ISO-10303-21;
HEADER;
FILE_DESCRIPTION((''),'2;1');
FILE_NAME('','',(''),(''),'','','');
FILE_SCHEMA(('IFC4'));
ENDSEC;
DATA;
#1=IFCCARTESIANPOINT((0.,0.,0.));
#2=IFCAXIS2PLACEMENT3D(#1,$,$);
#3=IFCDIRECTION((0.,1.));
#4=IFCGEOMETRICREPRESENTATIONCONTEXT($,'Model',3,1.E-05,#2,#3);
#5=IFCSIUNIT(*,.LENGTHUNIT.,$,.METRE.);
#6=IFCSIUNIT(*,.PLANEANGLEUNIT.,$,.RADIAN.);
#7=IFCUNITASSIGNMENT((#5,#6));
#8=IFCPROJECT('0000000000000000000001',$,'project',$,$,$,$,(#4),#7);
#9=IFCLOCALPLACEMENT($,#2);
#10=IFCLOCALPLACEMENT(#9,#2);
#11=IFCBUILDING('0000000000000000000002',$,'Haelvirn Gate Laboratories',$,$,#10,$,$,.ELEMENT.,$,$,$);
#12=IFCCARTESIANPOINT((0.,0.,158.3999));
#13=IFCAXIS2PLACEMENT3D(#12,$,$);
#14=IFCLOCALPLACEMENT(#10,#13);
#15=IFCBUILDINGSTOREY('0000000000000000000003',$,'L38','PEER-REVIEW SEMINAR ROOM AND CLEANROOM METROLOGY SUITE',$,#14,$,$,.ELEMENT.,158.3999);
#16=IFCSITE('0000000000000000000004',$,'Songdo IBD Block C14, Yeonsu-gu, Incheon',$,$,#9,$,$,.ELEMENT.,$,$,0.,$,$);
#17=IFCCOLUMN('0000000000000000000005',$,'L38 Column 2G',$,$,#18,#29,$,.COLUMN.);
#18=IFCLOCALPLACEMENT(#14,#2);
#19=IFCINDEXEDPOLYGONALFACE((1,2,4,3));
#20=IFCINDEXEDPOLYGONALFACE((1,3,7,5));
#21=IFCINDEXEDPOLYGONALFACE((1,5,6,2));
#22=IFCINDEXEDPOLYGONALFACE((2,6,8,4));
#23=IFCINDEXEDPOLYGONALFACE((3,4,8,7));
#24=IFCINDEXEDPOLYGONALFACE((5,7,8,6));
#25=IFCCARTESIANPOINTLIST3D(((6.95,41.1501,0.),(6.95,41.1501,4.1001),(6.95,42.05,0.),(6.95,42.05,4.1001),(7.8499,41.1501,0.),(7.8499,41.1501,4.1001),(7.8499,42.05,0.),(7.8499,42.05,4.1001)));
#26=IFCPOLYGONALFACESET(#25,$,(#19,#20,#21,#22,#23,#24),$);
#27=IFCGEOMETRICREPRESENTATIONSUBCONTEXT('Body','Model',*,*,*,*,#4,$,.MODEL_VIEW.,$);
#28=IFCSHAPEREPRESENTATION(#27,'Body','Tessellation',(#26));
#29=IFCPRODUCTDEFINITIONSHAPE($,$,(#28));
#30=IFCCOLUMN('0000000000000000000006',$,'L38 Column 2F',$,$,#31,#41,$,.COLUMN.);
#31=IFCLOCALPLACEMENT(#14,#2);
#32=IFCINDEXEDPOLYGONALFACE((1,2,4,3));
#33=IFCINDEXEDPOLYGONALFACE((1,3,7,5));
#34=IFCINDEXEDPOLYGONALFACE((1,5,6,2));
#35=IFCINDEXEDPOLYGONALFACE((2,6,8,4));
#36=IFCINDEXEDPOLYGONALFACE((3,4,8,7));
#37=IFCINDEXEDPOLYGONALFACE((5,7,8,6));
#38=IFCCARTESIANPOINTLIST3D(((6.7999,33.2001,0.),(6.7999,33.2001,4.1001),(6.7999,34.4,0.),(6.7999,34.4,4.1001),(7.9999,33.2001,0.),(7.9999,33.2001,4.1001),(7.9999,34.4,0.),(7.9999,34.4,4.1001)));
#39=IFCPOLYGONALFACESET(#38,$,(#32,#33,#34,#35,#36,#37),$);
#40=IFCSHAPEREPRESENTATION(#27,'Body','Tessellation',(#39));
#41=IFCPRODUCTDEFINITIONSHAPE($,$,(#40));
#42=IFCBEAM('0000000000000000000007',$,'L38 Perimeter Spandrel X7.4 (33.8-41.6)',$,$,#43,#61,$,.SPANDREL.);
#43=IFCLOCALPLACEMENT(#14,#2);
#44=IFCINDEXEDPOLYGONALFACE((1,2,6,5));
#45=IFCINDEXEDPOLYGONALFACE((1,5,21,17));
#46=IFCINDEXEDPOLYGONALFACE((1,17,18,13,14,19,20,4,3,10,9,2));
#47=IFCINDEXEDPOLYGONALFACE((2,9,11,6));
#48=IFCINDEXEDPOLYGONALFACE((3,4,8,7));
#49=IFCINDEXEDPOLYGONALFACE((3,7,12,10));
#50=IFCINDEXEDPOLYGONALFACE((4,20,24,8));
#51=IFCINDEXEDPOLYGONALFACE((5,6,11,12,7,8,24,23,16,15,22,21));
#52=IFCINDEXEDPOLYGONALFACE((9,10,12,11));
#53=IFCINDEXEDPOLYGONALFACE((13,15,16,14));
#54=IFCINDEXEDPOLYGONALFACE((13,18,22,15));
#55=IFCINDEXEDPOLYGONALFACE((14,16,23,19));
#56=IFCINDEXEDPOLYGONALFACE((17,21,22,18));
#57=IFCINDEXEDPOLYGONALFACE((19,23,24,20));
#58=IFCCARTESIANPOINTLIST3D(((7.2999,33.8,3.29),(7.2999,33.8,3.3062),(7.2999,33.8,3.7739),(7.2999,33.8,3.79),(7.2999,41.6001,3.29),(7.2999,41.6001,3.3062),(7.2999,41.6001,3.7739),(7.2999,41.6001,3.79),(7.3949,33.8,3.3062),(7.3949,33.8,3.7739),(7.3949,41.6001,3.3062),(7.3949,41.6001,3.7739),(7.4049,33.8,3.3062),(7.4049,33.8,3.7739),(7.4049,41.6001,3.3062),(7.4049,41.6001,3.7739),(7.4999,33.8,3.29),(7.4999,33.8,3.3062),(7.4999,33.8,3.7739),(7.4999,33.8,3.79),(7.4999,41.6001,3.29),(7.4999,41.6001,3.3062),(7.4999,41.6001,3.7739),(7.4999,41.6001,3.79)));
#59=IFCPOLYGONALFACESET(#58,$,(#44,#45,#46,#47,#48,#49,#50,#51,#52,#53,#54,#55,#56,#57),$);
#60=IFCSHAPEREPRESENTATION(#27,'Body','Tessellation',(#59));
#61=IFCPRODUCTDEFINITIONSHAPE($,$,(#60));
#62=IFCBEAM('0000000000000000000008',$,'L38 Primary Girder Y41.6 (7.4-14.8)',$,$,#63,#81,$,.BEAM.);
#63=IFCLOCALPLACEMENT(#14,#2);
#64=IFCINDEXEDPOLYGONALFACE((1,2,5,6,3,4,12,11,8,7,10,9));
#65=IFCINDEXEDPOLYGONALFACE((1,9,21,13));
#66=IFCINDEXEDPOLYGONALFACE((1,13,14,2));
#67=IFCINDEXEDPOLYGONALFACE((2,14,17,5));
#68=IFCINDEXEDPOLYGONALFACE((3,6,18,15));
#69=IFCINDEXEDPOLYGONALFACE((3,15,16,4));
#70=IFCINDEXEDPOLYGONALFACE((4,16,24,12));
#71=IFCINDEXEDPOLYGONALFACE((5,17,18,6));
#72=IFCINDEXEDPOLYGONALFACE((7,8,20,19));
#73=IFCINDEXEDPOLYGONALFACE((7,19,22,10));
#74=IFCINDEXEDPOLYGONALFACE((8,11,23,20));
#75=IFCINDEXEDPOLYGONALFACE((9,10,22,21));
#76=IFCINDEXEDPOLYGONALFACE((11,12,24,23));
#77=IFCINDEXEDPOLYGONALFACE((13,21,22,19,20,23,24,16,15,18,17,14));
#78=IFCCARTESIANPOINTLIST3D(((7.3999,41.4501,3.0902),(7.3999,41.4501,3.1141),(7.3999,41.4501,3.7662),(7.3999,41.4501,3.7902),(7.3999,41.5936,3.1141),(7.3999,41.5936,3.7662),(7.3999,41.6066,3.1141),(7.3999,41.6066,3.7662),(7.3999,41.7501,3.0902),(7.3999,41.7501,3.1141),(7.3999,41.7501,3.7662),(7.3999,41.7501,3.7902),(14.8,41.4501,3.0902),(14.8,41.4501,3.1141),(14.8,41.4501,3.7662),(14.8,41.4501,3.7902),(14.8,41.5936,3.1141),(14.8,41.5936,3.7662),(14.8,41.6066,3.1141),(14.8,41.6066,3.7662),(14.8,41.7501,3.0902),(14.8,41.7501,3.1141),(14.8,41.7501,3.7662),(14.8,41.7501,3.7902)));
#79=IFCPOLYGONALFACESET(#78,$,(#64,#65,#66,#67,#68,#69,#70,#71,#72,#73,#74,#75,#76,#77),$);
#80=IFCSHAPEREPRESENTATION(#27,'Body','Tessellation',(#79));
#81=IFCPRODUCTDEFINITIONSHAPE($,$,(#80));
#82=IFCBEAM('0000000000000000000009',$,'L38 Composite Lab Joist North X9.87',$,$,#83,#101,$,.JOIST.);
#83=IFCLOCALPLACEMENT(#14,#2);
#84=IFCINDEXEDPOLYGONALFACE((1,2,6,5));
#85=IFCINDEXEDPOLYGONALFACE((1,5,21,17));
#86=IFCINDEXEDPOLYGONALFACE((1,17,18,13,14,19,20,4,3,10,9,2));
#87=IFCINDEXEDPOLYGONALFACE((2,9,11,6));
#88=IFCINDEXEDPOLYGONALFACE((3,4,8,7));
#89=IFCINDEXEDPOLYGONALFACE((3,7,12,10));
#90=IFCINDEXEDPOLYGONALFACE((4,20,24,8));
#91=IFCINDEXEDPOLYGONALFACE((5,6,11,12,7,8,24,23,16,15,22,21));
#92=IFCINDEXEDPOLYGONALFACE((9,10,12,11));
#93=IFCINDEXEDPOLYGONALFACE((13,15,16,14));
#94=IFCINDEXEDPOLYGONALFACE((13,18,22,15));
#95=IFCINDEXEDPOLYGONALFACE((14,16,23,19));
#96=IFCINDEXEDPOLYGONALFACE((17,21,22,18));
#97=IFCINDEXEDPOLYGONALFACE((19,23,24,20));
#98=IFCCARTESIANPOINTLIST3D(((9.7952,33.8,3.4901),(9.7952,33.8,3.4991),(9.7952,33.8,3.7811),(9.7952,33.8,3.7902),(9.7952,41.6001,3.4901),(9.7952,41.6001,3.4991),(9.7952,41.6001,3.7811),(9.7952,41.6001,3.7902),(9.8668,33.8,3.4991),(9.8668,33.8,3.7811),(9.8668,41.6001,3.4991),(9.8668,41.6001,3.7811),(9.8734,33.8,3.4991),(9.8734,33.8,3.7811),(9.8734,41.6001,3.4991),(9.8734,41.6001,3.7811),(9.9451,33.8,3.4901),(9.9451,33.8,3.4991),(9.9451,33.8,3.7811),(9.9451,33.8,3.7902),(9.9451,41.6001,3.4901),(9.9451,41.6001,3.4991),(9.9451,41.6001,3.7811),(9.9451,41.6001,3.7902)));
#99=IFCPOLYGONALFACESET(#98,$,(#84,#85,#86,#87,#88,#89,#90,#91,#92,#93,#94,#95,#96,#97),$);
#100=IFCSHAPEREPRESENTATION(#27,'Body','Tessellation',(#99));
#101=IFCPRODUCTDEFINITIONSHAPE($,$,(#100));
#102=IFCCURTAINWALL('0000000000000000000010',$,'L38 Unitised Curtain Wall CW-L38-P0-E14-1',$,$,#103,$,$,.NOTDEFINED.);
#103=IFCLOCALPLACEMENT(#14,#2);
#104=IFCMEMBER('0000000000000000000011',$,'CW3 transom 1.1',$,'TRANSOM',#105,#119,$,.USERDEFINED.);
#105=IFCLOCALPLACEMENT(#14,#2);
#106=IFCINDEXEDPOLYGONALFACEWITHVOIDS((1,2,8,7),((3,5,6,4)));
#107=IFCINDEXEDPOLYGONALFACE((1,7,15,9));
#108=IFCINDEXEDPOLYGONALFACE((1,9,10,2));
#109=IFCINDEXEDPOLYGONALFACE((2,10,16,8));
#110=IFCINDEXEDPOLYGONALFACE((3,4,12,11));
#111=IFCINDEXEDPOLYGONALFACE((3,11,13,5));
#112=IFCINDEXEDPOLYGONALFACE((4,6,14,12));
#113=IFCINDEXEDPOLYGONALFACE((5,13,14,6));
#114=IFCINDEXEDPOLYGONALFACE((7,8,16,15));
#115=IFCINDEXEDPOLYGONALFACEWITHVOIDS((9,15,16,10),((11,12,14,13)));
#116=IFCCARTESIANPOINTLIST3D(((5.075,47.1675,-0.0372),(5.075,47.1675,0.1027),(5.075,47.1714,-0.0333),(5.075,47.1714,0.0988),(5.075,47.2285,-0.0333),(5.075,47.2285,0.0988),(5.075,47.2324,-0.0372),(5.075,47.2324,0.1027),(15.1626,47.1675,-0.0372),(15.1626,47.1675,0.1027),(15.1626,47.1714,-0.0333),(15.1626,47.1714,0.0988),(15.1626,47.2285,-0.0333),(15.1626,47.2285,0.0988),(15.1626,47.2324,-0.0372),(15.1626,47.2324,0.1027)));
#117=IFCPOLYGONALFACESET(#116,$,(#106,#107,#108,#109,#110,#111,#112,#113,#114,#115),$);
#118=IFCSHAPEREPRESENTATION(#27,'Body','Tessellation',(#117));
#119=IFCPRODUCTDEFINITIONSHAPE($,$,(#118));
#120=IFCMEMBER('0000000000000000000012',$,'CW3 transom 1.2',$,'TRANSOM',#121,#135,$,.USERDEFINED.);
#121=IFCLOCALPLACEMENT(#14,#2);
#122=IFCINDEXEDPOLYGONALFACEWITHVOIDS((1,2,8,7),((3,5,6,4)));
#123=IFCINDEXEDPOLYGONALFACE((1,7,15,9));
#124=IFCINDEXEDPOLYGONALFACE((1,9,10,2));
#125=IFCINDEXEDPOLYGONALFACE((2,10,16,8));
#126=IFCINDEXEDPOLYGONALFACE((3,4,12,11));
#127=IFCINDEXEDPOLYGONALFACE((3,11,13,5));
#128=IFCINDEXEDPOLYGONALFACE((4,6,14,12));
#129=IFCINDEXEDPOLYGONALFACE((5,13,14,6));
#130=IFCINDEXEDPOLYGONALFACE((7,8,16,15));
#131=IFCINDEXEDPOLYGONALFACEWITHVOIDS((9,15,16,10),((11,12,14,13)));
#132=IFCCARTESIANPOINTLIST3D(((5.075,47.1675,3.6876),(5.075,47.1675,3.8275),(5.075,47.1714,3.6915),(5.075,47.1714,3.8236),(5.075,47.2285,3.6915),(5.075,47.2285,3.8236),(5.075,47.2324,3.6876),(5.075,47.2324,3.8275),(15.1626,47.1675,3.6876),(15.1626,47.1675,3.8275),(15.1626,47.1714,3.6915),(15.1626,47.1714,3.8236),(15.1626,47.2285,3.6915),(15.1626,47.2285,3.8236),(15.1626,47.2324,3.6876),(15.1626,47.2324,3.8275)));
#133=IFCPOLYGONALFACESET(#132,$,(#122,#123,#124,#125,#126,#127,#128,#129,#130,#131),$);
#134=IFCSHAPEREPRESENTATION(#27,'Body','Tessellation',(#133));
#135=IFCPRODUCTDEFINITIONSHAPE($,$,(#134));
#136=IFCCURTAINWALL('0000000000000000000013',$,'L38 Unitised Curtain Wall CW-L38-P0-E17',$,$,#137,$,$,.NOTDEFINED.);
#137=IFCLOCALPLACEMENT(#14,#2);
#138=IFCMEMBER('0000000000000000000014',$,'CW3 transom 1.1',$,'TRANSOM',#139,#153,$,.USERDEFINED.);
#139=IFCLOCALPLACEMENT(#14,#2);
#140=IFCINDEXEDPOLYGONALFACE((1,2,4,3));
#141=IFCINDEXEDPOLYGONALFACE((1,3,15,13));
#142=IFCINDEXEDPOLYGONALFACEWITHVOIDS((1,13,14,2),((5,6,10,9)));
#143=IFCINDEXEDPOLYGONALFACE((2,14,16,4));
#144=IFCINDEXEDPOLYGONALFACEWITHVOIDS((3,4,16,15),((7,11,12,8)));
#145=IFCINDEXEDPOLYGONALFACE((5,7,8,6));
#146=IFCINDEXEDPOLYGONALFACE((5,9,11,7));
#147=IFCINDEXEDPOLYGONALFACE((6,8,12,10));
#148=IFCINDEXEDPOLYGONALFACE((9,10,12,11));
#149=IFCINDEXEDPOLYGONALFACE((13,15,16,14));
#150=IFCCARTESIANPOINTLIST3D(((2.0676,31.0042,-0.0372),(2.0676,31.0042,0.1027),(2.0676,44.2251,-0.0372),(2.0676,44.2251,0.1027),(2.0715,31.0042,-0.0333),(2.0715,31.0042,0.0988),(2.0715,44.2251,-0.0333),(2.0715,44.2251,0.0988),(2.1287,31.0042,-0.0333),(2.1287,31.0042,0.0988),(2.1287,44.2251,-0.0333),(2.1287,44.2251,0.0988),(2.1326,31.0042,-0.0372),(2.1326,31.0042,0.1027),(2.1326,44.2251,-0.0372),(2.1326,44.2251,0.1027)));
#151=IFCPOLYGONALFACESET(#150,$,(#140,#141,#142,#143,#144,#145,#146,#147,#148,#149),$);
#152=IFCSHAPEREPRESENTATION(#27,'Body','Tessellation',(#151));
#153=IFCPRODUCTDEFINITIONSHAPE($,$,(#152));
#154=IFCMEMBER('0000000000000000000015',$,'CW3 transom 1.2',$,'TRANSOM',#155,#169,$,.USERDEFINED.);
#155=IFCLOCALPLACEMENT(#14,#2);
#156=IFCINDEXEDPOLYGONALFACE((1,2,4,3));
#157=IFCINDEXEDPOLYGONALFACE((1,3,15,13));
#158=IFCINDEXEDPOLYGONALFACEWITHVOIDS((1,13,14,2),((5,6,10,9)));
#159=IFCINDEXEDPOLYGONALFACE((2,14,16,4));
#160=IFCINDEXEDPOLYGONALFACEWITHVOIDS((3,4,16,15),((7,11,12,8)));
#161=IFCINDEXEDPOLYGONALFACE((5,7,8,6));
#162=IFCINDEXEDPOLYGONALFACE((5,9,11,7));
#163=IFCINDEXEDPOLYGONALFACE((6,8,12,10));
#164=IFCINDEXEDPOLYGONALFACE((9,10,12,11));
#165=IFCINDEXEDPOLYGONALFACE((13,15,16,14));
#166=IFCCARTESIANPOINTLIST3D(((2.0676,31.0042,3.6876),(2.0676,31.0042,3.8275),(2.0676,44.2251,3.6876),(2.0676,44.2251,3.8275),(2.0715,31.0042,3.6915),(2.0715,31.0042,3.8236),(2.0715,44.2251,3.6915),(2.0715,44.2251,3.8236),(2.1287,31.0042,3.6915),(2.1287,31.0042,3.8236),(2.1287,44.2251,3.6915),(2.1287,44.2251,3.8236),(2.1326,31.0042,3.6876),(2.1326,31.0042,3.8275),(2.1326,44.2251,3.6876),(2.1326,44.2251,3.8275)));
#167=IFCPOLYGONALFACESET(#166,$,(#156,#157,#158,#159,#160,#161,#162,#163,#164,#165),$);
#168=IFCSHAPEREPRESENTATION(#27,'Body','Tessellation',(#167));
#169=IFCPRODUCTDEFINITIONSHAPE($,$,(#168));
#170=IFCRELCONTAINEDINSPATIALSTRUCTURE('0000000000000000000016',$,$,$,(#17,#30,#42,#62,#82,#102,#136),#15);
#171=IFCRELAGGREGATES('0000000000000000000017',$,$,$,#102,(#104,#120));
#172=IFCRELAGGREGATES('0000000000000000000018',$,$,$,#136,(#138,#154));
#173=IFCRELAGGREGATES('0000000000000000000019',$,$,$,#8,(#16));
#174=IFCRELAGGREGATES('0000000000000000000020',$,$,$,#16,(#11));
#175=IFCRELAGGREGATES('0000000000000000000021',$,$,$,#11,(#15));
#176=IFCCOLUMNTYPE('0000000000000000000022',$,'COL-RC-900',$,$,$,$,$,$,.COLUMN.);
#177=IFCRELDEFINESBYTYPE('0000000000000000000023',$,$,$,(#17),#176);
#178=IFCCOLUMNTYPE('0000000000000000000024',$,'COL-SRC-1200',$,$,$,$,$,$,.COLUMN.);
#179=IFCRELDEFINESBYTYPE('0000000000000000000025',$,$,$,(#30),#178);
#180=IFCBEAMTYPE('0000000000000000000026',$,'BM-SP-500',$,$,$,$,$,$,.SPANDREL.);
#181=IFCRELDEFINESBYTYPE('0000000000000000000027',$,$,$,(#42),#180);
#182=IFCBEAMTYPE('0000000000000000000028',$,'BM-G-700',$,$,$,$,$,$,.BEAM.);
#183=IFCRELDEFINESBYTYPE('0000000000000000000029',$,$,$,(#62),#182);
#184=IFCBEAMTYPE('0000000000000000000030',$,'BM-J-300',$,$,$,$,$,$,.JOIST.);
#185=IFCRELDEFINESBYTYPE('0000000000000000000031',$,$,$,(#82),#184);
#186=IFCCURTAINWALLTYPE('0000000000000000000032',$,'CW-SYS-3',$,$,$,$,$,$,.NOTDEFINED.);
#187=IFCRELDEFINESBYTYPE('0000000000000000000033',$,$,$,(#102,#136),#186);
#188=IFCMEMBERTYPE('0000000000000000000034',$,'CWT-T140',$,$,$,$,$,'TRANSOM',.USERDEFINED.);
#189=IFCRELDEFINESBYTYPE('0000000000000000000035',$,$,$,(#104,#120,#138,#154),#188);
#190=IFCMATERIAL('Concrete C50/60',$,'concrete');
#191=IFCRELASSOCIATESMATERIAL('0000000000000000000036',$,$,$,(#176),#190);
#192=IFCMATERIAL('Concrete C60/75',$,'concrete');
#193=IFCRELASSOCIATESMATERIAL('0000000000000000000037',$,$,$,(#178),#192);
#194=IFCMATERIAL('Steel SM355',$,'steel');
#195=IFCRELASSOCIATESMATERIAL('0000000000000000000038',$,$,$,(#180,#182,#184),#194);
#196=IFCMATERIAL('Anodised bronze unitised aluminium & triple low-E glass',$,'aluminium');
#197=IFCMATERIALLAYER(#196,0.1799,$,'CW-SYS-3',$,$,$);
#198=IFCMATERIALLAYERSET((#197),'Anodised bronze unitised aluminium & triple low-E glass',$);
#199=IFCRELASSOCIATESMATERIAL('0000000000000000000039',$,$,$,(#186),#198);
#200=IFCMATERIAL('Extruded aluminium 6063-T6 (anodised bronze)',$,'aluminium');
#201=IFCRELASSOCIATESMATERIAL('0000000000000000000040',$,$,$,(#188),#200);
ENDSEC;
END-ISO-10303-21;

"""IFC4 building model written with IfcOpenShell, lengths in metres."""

from ifc_helpers import new_model, si_unit, direction, frame, origin, origin_2d, place, context, subcontext, project, spatial, rectangle, hollow_rectangle, i_section, extrude, source, transform, mapped, material, layer, layer_set, material_profile, profile_set, type_object, type_shapes, element, aggregate, save


model = new_model("IFC4")

# Units and contexts
model_context = context("Model", 3, precision=1e-05, world=origin(), true_north=direction((0.0, 1.0)))
body_context = subcontext(model_context, "Body", "Model", "MODEL_VIEW")
ifc_project = project(units=[si_unit("LENGTHUNIT", "METRE"), si_unit("PLANEANGLEUNIT", "RADIAN")], contexts=[model_context])

# Site, building, storey
site_placement = place(None, origin())
site = spatial("IfcSite", under=ifc_project, at=site_placement, Name="Songdo IBD Block C14, Yeonsu-gu, Incheon", CompositionType="ELEMENT", RefElevation=0.0)
building_placement = place(site_placement, origin())
building = spatial("IfcBuilding", under=site, at=building_placement, Name="Haelvirn Gate Laboratories", CompositionType="ELEMENT")
storey_placement = place(building_placement, frame((0.0, 0.0, 158.3999)))
storey = spatial("IfcBuildingStorey", under=building, at=storey_placement, Name="L38", Description="PEER-REVIEW SEMINAR ROOM AND CLEANROOM METROLOGY SUITE", CompositionType="ELEMENT", Elevation=158.3999)

# Columns
ifc_material_1 = material(Name="Concrete C50/60", Category="concrete")
ifc_material_profile_1 = material_profile(ifc_material_1, rectangle(XDim=0.8999, YDim=0.8999, at=origin_2d()), Name="RC-900x900")
ifc_profile_set_1 = profile_set([ifc_material_profile_1], Name="Concrete C50/60")
column_type_1 = type_object("IfcColumnType", Name="COL-RC-900", PredefinedType="COLUMN", material=ifc_profile_set_1)
shared_shape_1 = source(origin(), body_context, "Body", "SweptSolid", [
    extrude(rectangle(XDim=0.8999, YDim=0.8999, at=origin_2d()), origin(), (0.0, 0.0, 1.0), 4.1001),
])
type_shapes(column_type_1, [shared_shape_1])
column_1_placement = place(storey_placement, frame((7.3999, 41.6001, 0.0), z_axis=(0.0, 0.0, 1.0), x_axis=(1.0, 0.0, 0.0)))
element("IfcColumn", 1, at=column_1_placement, inside=storey, type_object=column_type_1, Name="L38 Column 2G", PredefinedType="COLUMN", context=body_context, shape_type="MappedRepresentation", body=[
    mapped(shared_shape_1, transform((0.0, 0.0, 0.0), scale=1.0)),
])
ifc_material_2 = material(Name="Concrete C60/75", Category="concrete")
ifc_material_profile_2 = material_profile(ifc_material_2, rectangle(XDim=1.2, YDim=1.2, at=origin_2d()), Name="SRC-1200x1200")
ifc_profile_set_2 = profile_set([ifc_material_profile_2], Name="Concrete C60/75")
column_type_2 = type_object("IfcColumnType", Name="COL-SRC-1200", PredefinedType="COLUMN", material=ifc_profile_set_2)
shared_shape_2 = source(origin(), body_context, "Body", "SweptSolid", [
    extrude(rectangle(XDim=1.2, YDim=1.2, at=origin_2d()), origin(), (0.0, 0.0, 1.0), 4.1001),
])
type_shapes(column_type_2, [shared_shape_2])
column_2_placement = place(storey_placement, frame((7.3999, 33.8, 0.0), z_axis=(0.0, 0.0, 1.0), x_axis=(1.0, 0.0, 0.0)))
element("IfcColumn", 2, at=column_2_placement, inside=storey, type_object=column_type_2, Name="L38 Column 2F", PredefinedType="COLUMN", context=body_context, shape_type="MappedRepresentation", body=[
    mapped(shared_shape_2, transform((0.0, 0.0, 0.0), scale=1.0)),
])

# Beams
ifc_material_3 = material(Name="Steel SM355", Category="steel")
ifc_material_profile_3 = material_profile(ifc_material_3, i_section(OverallWidth=0.2, OverallDepth=0.5, WebThickness=0.01, FlangeThickness=0.0161, at=origin_2d()), Name="H-500x200x10x16")
ifc_profile_set_3 = profile_set([ifc_material_profile_3], Name="Steel SM355")
beam_type_1 = type_object("IfcBeamType", Name="BM-SP-500", PredefinedType="SPANDREL", material=ifc_profile_set_3)
shared_shape_3 = source(origin(), body_context, "Body", "SweptSolid", [
    extrude(i_section(OverallWidth=0.2, OverallDepth=0.5, WebThickness=0.01, FlangeThickness=0.0161, at=origin_2d()), origin(), (0.0, 0.0, 1.0), 7.8),
])
type_shapes(beam_type_1, [shared_shape_3])
beam_1_placement = place(storey_placement, frame((7.3999, 33.8, 3.54), z_axis=(0.0, 1.0, 0.0), x_axis=(-1.0, 0.0, 0.0)))
element("IfcBeam", 3, at=beam_1_placement, inside=storey, type_object=beam_type_1, Name="L38 Perimeter Spandrel X7.4 (33.8-41.6)", PredefinedType="SPANDREL", context=body_context, shape_type="MappedRepresentation", body=[
    mapped(shared_shape_3, transform((0.0, 0.0, 0.0), scale=1.0)),
])
ifc_material_profile_4 = material_profile(ifc_material_3, i_section(OverallWidth=0.3, OverallDepth=0.7, WebThickness=0.0129, FlangeThickness=0.0239, at=origin_2d()), Name="H-700x300x13x24")
ifc_profile_set_4 = profile_set([ifc_material_profile_4], Name="Steel SM355")
beam_type_2 = type_object("IfcBeamType", Name="BM-G-700", PredefinedType="BEAM", material=ifc_profile_set_4)
shared_shape_4 = source(origin(), body_context, "Body", "SweptSolid", [
    extrude(i_section(OverallWidth=0.3, OverallDepth=0.7, WebThickness=0.0129, FlangeThickness=0.0239, at=origin_2d()), origin(), (0.0, 0.0, 1.0), 7.4001),
])
type_shapes(beam_type_2, [shared_shape_4])
beam_2_placement = place(storey_placement, frame((7.3999, 41.6001, 3.4402), z_axis=(1.0, 0.0, 0.0), x_axis=(0.0, 1.0, 0.0)))
element("IfcBeam", 4, at=beam_2_placement, inside=storey, type_object=beam_type_2, Name="L38 Primary Girder Y41.6 (7.4-14.8)", PredefinedType="BEAM", context=body_context, shape_type="MappedRepresentation", body=[
    mapped(shared_shape_4, transform((0.0, 0.0, 0.0), scale=1.0)),
])
ifc_material_profile_5 = material_profile(ifc_material_3, i_section(OverallWidth=0.1499, OverallDepth=0.3, WebThickness=0.0066, FlangeThickness=0.009, at=origin_2d()), Name="H-300x150x6.5x9")
ifc_profile_set_5 = profile_set([ifc_material_profile_5], Name="Steel SM355")
beam_type_3 = type_object("IfcBeamType", Name="BM-J-300", PredefinedType="JOIST", material=ifc_profile_set_5)
shared_shape_5 = source(origin(), body_context, "Body", "SweptSolid", [
    extrude(i_section(OverallWidth=0.1499, OverallDepth=0.3, WebThickness=0.0066, FlangeThickness=0.009, at=origin_2d()), origin(), (0.0, 0.0, 1.0), 7.8),
])
type_shapes(beam_type_3, [shared_shape_5])
beam_3_placement = place(storey_placement, frame((9.8701, 33.8, 3.6401), z_axis=(0.0, 1.0, 0.0), x_axis=(-1.0, 0.0, 0.0)))
element("IfcBeam", 5, at=beam_3_placement, inside=storey, type_object=beam_type_3, Name="L38 Composite Lab Joist North X9.87", PredefinedType="JOIST", context=body_context, shape_type="MappedRepresentation", body=[
    mapped(shared_shape_5, transform((0.0, 0.0, 0.0), scale=1.0)),
])

# Curtain walls, members
ifc_material_4 = material(Name="Anodised bronze unitised aluminium & triple low-E glass", Category="aluminium")
ifc_layer_1 = layer(ifc_material_4, 0.1799, Name="CW-SYS-3")
ifc_layer_set_1 = layer_set([ifc_layer_1], Name="Anodised bronze unitised aluminium & triple low-E glass")
curtain_wall_type_1 = type_object("IfcCurtainWallType", Name="CW-SYS-3", PredefinedType="NOTDEFINED", material=ifc_layer_set_1)
curtain_wall_1_placement = place(storey_placement, origin())
curtain_wall_1 = element("IfcCurtainWall", 6, at=curtain_wall_1_placement, inside=storey, type_object=curtain_wall_type_1, Name="L38 Unitised Curtain Wall CW-L38-P0-E14-1", PredefinedType="NOTDEFINED")
ifc_material_5 = material(Name="Extruded aluminium 6063-T6 (anodised bronze)", Category="aluminium")
ifc_material_profile_6 = material_profile(ifc_material_5, hollow_rectangle(XDim=0.0649, YDim=0.1399, WallThickness=0.0039, at=origin_2d()), Name="CWT-140x65x4")
ifc_profile_set_6 = profile_set([ifc_material_profile_6], Name="Extruded aluminium 6063-T6 (anodised bronze)")
member_type_1 = type_object("IfcMemberType", Name="CWT-T140", ElementType="TRANSOM", PredefinedType="USERDEFINED", material=ifc_profile_set_6)
shared_shape_6 = source(origin(), body_context, "Body", "SweptSolid", [
    extrude(hollow_rectangle(XDim=0.0649, YDim=0.1399, WallThickness=0.0039, at=origin_2d()), origin(), (0.0, 0.0, 1.0), 10.0876),
])
member_1_placement = place(storey_placement, frame((5.075, 47.2, 0.0327), z_axis=(1.0, 0.0, 0.0), x_axis=(0.0, 1.0, 0.0)))
member_1 = element("IfcMember", 7, at=member_1_placement, type_object=member_type_1, Name="CW3 transom 1.1", ObjectType="TRANSOM", PredefinedType="USERDEFINED", context=body_context, shape_type="MappedRepresentation", body=[
    mapped(shared_shape_6, transform((0.0, 0.0, 0.0), scale=1.0)),
])
member_2_placement = place(storey_placement, frame((5.075, 47.2, 3.7576), z_axis=(1.0, 0.0, 0.0), x_axis=(0.0, 1.0, 0.0)))
member_2 = element("IfcMember", 8, at=member_2_placement, type_object=member_type_1, Name="CW3 transom 1.2", ObjectType="TRANSOM", PredefinedType="USERDEFINED", context=body_context, shape_type="MappedRepresentation", body=[
    mapped(shared_shape_6, transform((0.0, 0.0, 0.0), scale=1.0)),
])
curtain_wall_2_placement = place(storey_placement, origin())
curtain_wall_2 = element("IfcCurtainWall", 9, at=curtain_wall_2_placement, inside=storey, type_object=curtain_wall_type_1, Name="L38 Unitised Curtain Wall CW-L38-P0-E17", PredefinedType="NOTDEFINED")
shared_shape_7 = source(origin(), body_context, "Body", "SweptSolid", [
    extrude(hollow_rectangle(XDim=0.0649, YDim=0.1399, WallThickness=0.0039, at=origin_2d()), origin(), (0.0, 0.0, 1.0), 13.2209),
])
member_3_placement = place(storey_placement, frame((2.1001, 44.2251, 0.0327), z_axis=(0.0, -1.0, 0.0), x_axis=(1.0, 0.0, 0.0)))
member_3 = element("IfcMember", 10, at=member_3_placement, type_object=member_type_1, Name="CW3 transom 1.1", ObjectType="TRANSOM", PredefinedType="USERDEFINED", context=body_context, shape_type="MappedRepresentation", body=[
    mapped(shared_shape_7, transform((0.0, 0.0, 0.0), scale=1.0)),
])
member_4_placement = place(storey_placement, frame((2.1001, 44.2251, 3.7576), z_axis=(0.0, -1.0, 0.0), x_axis=(1.0, 0.0, 0.0)))
member_4 = element("IfcMember", 11, at=member_4_placement, type_object=member_type_1, Name="CW3 transom 1.2", ObjectType="TRANSOM", PredefinedType="USERDEFINED", context=body_context, shape_type="MappedRepresentation", body=[
    mapped(shared_shape_7, transform((0.0, 0.0, 0.0), scale=1.0)),
])

aggregate(curtain_wall_1, [member_1, member_2])
aggregate(curtain_wall_2, [member_3, member_4])

save(model, "model.ifc")
